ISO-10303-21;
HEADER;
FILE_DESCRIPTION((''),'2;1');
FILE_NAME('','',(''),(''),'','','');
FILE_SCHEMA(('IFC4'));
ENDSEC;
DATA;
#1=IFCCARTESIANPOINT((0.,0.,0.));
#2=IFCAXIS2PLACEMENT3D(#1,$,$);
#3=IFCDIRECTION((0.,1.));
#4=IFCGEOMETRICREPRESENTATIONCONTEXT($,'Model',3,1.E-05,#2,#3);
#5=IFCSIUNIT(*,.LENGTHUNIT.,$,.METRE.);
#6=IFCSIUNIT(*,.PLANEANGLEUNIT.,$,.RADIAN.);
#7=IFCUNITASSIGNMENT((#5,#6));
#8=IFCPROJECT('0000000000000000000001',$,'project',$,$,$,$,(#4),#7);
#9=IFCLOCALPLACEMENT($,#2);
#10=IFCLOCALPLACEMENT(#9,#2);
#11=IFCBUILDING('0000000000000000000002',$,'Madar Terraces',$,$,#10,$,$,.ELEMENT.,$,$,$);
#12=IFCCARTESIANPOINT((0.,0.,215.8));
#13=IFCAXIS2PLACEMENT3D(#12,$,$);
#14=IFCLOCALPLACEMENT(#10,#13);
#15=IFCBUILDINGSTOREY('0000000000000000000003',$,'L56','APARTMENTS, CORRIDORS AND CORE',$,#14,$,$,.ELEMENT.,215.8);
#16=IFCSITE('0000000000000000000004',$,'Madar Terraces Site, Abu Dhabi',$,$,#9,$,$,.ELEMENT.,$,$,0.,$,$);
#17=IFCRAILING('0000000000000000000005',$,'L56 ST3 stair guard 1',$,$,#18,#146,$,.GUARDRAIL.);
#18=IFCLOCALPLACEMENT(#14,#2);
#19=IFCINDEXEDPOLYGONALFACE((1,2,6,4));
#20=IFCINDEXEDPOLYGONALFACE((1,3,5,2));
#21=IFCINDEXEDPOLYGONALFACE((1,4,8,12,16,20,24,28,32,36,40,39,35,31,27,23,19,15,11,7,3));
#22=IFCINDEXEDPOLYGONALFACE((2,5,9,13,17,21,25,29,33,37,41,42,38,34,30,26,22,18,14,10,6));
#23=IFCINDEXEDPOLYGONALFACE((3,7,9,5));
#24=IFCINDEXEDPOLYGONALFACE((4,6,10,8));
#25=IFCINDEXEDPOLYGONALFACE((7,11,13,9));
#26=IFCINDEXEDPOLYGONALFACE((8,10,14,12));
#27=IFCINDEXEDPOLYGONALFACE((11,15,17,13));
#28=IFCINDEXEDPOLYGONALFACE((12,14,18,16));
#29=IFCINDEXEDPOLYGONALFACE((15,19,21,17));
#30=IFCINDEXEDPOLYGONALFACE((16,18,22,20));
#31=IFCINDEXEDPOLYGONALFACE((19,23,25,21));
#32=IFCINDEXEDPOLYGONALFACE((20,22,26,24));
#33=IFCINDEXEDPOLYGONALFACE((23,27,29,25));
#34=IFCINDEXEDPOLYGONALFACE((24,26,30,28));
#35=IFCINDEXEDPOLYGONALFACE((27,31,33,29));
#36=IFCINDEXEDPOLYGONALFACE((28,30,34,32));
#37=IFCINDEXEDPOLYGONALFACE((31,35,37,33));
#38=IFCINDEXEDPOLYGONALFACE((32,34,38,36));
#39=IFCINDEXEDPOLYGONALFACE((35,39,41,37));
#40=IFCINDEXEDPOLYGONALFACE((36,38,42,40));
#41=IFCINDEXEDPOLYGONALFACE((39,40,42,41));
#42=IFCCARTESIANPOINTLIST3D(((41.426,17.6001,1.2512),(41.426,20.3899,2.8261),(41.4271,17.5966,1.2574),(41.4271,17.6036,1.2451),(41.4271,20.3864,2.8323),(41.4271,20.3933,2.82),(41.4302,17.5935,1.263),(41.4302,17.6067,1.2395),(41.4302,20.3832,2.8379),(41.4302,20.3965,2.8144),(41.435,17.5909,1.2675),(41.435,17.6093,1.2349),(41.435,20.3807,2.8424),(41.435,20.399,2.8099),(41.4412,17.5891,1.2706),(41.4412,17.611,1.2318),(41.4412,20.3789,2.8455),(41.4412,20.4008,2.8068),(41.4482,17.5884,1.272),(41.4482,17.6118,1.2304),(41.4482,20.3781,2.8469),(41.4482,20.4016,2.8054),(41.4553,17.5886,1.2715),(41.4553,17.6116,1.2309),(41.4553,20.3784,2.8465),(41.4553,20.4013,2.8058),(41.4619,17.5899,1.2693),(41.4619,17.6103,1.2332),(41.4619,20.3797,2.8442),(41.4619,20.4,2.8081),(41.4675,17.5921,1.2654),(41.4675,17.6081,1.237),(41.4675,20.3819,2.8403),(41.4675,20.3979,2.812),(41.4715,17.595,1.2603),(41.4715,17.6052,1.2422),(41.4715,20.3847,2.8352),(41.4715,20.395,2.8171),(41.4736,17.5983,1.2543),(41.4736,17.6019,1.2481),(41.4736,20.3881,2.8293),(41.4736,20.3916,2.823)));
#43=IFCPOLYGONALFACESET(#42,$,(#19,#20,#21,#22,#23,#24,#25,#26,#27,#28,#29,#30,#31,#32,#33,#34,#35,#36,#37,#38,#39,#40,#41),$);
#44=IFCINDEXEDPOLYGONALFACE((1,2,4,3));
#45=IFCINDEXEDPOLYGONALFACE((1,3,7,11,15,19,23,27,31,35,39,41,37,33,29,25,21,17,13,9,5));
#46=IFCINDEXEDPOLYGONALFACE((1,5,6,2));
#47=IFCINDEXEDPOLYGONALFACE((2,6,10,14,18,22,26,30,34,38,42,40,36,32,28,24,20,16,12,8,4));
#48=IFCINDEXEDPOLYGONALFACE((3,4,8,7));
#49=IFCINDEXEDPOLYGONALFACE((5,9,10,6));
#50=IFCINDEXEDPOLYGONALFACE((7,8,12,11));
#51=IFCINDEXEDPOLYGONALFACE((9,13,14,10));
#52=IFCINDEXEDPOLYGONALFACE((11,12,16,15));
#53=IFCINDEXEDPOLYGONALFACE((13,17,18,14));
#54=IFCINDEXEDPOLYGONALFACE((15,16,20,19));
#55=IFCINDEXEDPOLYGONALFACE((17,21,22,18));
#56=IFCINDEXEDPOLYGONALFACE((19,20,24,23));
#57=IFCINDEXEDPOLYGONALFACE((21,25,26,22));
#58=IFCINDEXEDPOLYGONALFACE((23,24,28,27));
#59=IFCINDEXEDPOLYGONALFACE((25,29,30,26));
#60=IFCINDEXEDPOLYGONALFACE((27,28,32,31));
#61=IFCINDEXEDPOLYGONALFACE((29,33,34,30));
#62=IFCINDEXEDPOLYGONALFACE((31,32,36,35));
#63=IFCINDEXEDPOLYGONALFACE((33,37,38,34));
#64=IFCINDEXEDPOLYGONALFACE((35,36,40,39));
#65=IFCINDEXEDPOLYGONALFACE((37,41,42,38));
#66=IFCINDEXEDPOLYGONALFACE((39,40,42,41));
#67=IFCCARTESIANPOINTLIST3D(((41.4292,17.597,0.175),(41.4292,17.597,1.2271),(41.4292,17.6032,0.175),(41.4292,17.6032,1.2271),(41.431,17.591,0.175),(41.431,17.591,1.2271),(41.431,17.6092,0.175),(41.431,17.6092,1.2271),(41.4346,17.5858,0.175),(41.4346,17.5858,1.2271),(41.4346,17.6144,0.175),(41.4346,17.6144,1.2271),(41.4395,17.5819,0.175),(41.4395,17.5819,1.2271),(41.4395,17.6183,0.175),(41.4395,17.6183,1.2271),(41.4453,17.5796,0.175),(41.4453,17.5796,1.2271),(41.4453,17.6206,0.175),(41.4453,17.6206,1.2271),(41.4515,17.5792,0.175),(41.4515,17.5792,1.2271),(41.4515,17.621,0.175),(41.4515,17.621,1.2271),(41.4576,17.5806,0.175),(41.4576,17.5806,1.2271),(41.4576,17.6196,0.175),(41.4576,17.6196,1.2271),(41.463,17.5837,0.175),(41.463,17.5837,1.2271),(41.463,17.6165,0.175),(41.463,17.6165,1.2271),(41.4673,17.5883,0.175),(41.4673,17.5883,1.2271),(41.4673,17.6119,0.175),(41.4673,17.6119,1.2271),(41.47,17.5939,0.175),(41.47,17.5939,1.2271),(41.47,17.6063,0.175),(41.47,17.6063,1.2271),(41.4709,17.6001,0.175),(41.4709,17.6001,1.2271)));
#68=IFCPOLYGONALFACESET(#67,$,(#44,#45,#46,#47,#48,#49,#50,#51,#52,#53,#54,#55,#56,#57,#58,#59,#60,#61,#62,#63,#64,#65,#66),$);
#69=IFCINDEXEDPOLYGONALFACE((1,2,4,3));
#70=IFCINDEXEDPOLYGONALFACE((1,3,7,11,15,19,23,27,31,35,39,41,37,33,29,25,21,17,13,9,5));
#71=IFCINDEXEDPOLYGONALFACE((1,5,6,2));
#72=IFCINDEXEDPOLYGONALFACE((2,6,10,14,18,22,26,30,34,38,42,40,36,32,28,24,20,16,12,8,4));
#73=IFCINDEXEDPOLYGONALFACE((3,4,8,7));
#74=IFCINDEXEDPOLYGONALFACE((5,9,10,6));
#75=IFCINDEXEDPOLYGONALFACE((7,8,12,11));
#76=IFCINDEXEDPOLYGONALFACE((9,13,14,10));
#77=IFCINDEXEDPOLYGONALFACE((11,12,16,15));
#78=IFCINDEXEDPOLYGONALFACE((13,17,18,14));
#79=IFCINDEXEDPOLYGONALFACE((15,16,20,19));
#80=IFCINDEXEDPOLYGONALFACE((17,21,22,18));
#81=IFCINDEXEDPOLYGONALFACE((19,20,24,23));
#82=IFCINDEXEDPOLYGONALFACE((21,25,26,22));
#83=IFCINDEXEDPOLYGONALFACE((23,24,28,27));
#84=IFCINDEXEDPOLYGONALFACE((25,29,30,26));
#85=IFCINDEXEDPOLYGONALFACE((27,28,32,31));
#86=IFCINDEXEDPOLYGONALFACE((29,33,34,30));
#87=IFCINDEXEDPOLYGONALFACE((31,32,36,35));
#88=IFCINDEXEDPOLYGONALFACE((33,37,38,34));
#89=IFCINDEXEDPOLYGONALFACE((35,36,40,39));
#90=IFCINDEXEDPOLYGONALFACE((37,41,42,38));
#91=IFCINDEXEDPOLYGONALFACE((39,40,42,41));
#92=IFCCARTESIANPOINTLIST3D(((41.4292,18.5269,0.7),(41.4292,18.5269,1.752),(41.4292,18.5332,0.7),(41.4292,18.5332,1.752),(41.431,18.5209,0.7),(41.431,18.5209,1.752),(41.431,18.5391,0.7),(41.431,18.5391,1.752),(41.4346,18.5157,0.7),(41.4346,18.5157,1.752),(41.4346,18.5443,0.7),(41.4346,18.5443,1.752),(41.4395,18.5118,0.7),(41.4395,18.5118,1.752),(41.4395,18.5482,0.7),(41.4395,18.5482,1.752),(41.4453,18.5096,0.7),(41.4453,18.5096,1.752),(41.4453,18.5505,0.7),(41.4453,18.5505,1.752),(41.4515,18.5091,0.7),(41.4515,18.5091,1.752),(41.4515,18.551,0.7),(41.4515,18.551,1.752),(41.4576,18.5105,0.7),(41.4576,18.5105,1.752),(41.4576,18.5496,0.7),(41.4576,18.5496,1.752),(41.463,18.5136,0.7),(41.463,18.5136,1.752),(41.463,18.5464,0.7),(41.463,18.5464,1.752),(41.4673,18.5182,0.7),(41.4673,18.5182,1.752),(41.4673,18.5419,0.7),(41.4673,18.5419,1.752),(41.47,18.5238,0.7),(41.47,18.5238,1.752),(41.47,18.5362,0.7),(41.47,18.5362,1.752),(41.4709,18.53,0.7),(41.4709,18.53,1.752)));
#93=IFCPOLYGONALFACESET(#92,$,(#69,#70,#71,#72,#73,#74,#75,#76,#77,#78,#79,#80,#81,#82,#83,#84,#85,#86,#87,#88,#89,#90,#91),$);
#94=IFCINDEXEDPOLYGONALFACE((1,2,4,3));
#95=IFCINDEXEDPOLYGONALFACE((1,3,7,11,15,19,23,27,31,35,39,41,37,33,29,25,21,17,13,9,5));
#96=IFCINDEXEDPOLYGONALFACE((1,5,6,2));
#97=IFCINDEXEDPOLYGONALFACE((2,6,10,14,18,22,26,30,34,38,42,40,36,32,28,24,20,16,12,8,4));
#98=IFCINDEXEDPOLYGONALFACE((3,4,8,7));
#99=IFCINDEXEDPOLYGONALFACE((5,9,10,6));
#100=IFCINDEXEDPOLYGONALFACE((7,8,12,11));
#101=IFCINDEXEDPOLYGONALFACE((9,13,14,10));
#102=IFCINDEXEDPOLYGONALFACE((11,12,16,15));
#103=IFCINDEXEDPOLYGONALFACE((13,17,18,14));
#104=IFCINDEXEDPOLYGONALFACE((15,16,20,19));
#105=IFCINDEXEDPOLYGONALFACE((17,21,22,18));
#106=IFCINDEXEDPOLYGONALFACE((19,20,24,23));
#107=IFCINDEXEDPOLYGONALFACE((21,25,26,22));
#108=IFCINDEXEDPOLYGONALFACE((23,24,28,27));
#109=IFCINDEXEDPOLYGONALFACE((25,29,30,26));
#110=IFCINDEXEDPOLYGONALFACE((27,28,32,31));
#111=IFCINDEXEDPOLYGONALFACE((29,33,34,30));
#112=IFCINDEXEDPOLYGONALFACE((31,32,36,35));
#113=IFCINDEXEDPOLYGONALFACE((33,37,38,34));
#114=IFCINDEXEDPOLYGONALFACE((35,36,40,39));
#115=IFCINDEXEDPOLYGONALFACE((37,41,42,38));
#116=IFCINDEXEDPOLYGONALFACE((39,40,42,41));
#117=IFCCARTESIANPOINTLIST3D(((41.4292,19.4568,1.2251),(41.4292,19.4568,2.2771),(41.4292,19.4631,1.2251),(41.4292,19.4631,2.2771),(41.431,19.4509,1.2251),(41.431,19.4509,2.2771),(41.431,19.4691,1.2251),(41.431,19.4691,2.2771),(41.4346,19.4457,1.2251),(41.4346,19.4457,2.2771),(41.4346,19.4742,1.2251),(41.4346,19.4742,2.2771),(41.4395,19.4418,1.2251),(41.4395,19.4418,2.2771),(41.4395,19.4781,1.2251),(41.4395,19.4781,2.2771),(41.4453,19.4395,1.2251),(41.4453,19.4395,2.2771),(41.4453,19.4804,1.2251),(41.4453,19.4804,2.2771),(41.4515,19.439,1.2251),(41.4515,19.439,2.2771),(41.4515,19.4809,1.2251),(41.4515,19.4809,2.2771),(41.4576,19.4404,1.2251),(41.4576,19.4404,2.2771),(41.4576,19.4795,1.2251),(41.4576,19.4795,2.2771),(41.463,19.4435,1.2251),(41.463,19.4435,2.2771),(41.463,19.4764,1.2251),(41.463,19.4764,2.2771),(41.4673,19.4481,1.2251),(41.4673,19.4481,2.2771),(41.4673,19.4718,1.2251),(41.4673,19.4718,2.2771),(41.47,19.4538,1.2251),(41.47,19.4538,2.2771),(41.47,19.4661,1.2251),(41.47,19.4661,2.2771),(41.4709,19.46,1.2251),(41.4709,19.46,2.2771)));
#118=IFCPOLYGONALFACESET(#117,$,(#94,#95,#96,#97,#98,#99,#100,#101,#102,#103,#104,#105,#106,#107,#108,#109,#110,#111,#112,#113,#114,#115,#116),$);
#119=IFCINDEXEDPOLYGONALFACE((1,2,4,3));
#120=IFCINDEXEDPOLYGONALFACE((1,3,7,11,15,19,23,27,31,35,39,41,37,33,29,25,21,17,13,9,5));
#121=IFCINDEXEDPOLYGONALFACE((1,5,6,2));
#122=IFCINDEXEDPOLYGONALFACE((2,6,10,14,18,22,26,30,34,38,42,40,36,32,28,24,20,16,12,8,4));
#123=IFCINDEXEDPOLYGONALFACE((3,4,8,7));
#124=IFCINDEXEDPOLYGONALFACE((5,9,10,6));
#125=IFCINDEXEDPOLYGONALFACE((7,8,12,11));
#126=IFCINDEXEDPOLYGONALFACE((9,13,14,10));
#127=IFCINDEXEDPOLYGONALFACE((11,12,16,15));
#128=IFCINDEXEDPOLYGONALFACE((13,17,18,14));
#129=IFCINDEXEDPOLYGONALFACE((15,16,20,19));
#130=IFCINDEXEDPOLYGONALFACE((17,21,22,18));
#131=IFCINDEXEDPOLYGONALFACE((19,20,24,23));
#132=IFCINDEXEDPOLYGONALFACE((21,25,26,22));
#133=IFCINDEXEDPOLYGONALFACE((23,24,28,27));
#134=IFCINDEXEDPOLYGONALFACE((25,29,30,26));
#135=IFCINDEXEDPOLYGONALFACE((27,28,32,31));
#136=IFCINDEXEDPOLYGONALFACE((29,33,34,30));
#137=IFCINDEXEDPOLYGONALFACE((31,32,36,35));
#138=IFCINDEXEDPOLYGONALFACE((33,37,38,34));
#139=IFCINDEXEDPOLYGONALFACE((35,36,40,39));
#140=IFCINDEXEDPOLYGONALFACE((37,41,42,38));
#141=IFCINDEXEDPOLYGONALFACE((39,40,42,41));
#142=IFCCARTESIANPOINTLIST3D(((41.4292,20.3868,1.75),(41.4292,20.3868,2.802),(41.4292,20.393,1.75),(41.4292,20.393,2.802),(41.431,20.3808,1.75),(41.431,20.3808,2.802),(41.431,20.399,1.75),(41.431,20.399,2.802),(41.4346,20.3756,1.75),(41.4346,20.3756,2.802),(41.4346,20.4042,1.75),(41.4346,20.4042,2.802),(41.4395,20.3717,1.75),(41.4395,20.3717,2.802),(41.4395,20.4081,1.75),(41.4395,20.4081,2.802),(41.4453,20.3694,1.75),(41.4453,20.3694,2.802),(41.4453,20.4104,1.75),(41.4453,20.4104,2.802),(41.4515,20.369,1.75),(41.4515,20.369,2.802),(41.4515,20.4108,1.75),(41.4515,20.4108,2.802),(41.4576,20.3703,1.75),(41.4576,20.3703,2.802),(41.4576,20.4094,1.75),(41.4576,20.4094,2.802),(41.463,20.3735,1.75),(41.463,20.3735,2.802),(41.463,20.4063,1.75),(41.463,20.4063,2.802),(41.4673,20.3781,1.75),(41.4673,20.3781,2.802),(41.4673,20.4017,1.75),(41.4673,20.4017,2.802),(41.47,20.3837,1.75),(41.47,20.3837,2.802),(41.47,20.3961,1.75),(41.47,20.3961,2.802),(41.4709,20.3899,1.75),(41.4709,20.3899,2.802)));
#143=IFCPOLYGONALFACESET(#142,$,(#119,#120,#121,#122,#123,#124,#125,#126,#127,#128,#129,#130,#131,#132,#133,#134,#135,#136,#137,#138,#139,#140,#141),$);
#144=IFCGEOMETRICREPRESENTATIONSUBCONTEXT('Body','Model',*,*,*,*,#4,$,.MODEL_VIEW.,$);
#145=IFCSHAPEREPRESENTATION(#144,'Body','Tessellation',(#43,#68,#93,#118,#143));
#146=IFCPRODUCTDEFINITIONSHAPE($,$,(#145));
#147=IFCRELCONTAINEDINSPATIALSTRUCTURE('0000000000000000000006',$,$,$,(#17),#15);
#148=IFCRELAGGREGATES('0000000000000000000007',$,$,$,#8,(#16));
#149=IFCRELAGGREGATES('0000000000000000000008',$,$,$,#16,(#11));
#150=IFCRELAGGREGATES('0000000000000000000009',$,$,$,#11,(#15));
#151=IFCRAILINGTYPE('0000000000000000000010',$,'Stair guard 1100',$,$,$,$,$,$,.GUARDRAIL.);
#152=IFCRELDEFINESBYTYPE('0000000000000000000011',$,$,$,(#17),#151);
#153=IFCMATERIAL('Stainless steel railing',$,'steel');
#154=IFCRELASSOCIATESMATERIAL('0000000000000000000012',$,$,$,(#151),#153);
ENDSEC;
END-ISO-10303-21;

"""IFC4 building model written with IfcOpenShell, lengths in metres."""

from ifc_helpers import new_model, si_unit, direction, frame, origin, origin_2d, place, context, subcontext, project, spatial, circle, extrude, material, type_object, element, save


model = new_model("IFC4")

# Units and contexts
model_context = context("Model", 3, precision=1e-05, world=origin(), true_north=direction((0.0, 1.0)))
body_context = subcontext(model_context, "Body", "Model", "MODEL_VIEW")
ifc_project = project(units=[si_unit("LENGTHUNIT", "METRE"), si_unit("PLANEANGLEUNIT", "RADIAN")], contexts=[model_context])

# Site, building, storey
site_placement = place(None, origin())
site = spatial("IfcSite", under=ifc_project, at=site_placement, Name="Madar Terraces Site, Abu Dhabi", CompositionType="ELEMENT", RefElevation=0.0)
building_placement = place(site_placement, origin())
building = spatial("IfcBuilding", under=site, at=building_placement, Name="Madar Terraces", CompositionType="ELEMENT")
storey_placement = place(building_placement, frame((0.0, 0.0, 215.8)))
storey = spatial("IfcBuildingStorey", under=building, at=storey_placement, Name="L56", Description="APARTMENTS, CORRIDORS AND CORE", CompositionType="ELEMENT", Elevation=215.8)

# Railing
ifc_material_1 = material(Name="Stainless steel railing", Category="steel")
railing_type_1 = type_object("IfcRailingType", Name="Stair guard 1100", PredefinedType="GUARDRAIL", material=ifc_material_1)
railing_1_placement = place(storey_placement, frame((41.45, 17.6001, 0.175)))
element("IfcRailing", 1, at=railing_1_placement, inside=storey, type_object=railing_type_1, Name="L56 ST3 stair guard 1", PredefinedType="GUARDRAIL", context=body_context, shape_type="SweptSolid", body=[
    extrude(circle(Radius=0.0239, at=origin_2d()), frame((0.0, 0.0, 1.0762), z_axis=(0.0, 0.870815, 0.49161), x_axis=(-1.0, 0.0, 0.0)), (0.0, 0.0, 1.0), 3.2036),
    extrude(circle(Radius=0.021, at=origin_2d()), origin(), (0.0, 0.0, 1.0), 1.052),
    extrude(circle(Radius=0.021, at=origin_2d()), frame((0.0, 0.9299, 0.5249)), (0.0, 0.0, 1.0), 1.052),
    extrude(circle(Radius=0.021, at=origin_2d()), frame((0.0, 1.8599, 1.05)), (0.0, 0.0, 1.0), 1.052),
    extrude(circle(Radius=0.021, at=origin_2d()), frame((0.0, 2.7898, 1.575)), (0.0, 0.0, 1.0), 1.052),
])

save(model, "model.ifc")
